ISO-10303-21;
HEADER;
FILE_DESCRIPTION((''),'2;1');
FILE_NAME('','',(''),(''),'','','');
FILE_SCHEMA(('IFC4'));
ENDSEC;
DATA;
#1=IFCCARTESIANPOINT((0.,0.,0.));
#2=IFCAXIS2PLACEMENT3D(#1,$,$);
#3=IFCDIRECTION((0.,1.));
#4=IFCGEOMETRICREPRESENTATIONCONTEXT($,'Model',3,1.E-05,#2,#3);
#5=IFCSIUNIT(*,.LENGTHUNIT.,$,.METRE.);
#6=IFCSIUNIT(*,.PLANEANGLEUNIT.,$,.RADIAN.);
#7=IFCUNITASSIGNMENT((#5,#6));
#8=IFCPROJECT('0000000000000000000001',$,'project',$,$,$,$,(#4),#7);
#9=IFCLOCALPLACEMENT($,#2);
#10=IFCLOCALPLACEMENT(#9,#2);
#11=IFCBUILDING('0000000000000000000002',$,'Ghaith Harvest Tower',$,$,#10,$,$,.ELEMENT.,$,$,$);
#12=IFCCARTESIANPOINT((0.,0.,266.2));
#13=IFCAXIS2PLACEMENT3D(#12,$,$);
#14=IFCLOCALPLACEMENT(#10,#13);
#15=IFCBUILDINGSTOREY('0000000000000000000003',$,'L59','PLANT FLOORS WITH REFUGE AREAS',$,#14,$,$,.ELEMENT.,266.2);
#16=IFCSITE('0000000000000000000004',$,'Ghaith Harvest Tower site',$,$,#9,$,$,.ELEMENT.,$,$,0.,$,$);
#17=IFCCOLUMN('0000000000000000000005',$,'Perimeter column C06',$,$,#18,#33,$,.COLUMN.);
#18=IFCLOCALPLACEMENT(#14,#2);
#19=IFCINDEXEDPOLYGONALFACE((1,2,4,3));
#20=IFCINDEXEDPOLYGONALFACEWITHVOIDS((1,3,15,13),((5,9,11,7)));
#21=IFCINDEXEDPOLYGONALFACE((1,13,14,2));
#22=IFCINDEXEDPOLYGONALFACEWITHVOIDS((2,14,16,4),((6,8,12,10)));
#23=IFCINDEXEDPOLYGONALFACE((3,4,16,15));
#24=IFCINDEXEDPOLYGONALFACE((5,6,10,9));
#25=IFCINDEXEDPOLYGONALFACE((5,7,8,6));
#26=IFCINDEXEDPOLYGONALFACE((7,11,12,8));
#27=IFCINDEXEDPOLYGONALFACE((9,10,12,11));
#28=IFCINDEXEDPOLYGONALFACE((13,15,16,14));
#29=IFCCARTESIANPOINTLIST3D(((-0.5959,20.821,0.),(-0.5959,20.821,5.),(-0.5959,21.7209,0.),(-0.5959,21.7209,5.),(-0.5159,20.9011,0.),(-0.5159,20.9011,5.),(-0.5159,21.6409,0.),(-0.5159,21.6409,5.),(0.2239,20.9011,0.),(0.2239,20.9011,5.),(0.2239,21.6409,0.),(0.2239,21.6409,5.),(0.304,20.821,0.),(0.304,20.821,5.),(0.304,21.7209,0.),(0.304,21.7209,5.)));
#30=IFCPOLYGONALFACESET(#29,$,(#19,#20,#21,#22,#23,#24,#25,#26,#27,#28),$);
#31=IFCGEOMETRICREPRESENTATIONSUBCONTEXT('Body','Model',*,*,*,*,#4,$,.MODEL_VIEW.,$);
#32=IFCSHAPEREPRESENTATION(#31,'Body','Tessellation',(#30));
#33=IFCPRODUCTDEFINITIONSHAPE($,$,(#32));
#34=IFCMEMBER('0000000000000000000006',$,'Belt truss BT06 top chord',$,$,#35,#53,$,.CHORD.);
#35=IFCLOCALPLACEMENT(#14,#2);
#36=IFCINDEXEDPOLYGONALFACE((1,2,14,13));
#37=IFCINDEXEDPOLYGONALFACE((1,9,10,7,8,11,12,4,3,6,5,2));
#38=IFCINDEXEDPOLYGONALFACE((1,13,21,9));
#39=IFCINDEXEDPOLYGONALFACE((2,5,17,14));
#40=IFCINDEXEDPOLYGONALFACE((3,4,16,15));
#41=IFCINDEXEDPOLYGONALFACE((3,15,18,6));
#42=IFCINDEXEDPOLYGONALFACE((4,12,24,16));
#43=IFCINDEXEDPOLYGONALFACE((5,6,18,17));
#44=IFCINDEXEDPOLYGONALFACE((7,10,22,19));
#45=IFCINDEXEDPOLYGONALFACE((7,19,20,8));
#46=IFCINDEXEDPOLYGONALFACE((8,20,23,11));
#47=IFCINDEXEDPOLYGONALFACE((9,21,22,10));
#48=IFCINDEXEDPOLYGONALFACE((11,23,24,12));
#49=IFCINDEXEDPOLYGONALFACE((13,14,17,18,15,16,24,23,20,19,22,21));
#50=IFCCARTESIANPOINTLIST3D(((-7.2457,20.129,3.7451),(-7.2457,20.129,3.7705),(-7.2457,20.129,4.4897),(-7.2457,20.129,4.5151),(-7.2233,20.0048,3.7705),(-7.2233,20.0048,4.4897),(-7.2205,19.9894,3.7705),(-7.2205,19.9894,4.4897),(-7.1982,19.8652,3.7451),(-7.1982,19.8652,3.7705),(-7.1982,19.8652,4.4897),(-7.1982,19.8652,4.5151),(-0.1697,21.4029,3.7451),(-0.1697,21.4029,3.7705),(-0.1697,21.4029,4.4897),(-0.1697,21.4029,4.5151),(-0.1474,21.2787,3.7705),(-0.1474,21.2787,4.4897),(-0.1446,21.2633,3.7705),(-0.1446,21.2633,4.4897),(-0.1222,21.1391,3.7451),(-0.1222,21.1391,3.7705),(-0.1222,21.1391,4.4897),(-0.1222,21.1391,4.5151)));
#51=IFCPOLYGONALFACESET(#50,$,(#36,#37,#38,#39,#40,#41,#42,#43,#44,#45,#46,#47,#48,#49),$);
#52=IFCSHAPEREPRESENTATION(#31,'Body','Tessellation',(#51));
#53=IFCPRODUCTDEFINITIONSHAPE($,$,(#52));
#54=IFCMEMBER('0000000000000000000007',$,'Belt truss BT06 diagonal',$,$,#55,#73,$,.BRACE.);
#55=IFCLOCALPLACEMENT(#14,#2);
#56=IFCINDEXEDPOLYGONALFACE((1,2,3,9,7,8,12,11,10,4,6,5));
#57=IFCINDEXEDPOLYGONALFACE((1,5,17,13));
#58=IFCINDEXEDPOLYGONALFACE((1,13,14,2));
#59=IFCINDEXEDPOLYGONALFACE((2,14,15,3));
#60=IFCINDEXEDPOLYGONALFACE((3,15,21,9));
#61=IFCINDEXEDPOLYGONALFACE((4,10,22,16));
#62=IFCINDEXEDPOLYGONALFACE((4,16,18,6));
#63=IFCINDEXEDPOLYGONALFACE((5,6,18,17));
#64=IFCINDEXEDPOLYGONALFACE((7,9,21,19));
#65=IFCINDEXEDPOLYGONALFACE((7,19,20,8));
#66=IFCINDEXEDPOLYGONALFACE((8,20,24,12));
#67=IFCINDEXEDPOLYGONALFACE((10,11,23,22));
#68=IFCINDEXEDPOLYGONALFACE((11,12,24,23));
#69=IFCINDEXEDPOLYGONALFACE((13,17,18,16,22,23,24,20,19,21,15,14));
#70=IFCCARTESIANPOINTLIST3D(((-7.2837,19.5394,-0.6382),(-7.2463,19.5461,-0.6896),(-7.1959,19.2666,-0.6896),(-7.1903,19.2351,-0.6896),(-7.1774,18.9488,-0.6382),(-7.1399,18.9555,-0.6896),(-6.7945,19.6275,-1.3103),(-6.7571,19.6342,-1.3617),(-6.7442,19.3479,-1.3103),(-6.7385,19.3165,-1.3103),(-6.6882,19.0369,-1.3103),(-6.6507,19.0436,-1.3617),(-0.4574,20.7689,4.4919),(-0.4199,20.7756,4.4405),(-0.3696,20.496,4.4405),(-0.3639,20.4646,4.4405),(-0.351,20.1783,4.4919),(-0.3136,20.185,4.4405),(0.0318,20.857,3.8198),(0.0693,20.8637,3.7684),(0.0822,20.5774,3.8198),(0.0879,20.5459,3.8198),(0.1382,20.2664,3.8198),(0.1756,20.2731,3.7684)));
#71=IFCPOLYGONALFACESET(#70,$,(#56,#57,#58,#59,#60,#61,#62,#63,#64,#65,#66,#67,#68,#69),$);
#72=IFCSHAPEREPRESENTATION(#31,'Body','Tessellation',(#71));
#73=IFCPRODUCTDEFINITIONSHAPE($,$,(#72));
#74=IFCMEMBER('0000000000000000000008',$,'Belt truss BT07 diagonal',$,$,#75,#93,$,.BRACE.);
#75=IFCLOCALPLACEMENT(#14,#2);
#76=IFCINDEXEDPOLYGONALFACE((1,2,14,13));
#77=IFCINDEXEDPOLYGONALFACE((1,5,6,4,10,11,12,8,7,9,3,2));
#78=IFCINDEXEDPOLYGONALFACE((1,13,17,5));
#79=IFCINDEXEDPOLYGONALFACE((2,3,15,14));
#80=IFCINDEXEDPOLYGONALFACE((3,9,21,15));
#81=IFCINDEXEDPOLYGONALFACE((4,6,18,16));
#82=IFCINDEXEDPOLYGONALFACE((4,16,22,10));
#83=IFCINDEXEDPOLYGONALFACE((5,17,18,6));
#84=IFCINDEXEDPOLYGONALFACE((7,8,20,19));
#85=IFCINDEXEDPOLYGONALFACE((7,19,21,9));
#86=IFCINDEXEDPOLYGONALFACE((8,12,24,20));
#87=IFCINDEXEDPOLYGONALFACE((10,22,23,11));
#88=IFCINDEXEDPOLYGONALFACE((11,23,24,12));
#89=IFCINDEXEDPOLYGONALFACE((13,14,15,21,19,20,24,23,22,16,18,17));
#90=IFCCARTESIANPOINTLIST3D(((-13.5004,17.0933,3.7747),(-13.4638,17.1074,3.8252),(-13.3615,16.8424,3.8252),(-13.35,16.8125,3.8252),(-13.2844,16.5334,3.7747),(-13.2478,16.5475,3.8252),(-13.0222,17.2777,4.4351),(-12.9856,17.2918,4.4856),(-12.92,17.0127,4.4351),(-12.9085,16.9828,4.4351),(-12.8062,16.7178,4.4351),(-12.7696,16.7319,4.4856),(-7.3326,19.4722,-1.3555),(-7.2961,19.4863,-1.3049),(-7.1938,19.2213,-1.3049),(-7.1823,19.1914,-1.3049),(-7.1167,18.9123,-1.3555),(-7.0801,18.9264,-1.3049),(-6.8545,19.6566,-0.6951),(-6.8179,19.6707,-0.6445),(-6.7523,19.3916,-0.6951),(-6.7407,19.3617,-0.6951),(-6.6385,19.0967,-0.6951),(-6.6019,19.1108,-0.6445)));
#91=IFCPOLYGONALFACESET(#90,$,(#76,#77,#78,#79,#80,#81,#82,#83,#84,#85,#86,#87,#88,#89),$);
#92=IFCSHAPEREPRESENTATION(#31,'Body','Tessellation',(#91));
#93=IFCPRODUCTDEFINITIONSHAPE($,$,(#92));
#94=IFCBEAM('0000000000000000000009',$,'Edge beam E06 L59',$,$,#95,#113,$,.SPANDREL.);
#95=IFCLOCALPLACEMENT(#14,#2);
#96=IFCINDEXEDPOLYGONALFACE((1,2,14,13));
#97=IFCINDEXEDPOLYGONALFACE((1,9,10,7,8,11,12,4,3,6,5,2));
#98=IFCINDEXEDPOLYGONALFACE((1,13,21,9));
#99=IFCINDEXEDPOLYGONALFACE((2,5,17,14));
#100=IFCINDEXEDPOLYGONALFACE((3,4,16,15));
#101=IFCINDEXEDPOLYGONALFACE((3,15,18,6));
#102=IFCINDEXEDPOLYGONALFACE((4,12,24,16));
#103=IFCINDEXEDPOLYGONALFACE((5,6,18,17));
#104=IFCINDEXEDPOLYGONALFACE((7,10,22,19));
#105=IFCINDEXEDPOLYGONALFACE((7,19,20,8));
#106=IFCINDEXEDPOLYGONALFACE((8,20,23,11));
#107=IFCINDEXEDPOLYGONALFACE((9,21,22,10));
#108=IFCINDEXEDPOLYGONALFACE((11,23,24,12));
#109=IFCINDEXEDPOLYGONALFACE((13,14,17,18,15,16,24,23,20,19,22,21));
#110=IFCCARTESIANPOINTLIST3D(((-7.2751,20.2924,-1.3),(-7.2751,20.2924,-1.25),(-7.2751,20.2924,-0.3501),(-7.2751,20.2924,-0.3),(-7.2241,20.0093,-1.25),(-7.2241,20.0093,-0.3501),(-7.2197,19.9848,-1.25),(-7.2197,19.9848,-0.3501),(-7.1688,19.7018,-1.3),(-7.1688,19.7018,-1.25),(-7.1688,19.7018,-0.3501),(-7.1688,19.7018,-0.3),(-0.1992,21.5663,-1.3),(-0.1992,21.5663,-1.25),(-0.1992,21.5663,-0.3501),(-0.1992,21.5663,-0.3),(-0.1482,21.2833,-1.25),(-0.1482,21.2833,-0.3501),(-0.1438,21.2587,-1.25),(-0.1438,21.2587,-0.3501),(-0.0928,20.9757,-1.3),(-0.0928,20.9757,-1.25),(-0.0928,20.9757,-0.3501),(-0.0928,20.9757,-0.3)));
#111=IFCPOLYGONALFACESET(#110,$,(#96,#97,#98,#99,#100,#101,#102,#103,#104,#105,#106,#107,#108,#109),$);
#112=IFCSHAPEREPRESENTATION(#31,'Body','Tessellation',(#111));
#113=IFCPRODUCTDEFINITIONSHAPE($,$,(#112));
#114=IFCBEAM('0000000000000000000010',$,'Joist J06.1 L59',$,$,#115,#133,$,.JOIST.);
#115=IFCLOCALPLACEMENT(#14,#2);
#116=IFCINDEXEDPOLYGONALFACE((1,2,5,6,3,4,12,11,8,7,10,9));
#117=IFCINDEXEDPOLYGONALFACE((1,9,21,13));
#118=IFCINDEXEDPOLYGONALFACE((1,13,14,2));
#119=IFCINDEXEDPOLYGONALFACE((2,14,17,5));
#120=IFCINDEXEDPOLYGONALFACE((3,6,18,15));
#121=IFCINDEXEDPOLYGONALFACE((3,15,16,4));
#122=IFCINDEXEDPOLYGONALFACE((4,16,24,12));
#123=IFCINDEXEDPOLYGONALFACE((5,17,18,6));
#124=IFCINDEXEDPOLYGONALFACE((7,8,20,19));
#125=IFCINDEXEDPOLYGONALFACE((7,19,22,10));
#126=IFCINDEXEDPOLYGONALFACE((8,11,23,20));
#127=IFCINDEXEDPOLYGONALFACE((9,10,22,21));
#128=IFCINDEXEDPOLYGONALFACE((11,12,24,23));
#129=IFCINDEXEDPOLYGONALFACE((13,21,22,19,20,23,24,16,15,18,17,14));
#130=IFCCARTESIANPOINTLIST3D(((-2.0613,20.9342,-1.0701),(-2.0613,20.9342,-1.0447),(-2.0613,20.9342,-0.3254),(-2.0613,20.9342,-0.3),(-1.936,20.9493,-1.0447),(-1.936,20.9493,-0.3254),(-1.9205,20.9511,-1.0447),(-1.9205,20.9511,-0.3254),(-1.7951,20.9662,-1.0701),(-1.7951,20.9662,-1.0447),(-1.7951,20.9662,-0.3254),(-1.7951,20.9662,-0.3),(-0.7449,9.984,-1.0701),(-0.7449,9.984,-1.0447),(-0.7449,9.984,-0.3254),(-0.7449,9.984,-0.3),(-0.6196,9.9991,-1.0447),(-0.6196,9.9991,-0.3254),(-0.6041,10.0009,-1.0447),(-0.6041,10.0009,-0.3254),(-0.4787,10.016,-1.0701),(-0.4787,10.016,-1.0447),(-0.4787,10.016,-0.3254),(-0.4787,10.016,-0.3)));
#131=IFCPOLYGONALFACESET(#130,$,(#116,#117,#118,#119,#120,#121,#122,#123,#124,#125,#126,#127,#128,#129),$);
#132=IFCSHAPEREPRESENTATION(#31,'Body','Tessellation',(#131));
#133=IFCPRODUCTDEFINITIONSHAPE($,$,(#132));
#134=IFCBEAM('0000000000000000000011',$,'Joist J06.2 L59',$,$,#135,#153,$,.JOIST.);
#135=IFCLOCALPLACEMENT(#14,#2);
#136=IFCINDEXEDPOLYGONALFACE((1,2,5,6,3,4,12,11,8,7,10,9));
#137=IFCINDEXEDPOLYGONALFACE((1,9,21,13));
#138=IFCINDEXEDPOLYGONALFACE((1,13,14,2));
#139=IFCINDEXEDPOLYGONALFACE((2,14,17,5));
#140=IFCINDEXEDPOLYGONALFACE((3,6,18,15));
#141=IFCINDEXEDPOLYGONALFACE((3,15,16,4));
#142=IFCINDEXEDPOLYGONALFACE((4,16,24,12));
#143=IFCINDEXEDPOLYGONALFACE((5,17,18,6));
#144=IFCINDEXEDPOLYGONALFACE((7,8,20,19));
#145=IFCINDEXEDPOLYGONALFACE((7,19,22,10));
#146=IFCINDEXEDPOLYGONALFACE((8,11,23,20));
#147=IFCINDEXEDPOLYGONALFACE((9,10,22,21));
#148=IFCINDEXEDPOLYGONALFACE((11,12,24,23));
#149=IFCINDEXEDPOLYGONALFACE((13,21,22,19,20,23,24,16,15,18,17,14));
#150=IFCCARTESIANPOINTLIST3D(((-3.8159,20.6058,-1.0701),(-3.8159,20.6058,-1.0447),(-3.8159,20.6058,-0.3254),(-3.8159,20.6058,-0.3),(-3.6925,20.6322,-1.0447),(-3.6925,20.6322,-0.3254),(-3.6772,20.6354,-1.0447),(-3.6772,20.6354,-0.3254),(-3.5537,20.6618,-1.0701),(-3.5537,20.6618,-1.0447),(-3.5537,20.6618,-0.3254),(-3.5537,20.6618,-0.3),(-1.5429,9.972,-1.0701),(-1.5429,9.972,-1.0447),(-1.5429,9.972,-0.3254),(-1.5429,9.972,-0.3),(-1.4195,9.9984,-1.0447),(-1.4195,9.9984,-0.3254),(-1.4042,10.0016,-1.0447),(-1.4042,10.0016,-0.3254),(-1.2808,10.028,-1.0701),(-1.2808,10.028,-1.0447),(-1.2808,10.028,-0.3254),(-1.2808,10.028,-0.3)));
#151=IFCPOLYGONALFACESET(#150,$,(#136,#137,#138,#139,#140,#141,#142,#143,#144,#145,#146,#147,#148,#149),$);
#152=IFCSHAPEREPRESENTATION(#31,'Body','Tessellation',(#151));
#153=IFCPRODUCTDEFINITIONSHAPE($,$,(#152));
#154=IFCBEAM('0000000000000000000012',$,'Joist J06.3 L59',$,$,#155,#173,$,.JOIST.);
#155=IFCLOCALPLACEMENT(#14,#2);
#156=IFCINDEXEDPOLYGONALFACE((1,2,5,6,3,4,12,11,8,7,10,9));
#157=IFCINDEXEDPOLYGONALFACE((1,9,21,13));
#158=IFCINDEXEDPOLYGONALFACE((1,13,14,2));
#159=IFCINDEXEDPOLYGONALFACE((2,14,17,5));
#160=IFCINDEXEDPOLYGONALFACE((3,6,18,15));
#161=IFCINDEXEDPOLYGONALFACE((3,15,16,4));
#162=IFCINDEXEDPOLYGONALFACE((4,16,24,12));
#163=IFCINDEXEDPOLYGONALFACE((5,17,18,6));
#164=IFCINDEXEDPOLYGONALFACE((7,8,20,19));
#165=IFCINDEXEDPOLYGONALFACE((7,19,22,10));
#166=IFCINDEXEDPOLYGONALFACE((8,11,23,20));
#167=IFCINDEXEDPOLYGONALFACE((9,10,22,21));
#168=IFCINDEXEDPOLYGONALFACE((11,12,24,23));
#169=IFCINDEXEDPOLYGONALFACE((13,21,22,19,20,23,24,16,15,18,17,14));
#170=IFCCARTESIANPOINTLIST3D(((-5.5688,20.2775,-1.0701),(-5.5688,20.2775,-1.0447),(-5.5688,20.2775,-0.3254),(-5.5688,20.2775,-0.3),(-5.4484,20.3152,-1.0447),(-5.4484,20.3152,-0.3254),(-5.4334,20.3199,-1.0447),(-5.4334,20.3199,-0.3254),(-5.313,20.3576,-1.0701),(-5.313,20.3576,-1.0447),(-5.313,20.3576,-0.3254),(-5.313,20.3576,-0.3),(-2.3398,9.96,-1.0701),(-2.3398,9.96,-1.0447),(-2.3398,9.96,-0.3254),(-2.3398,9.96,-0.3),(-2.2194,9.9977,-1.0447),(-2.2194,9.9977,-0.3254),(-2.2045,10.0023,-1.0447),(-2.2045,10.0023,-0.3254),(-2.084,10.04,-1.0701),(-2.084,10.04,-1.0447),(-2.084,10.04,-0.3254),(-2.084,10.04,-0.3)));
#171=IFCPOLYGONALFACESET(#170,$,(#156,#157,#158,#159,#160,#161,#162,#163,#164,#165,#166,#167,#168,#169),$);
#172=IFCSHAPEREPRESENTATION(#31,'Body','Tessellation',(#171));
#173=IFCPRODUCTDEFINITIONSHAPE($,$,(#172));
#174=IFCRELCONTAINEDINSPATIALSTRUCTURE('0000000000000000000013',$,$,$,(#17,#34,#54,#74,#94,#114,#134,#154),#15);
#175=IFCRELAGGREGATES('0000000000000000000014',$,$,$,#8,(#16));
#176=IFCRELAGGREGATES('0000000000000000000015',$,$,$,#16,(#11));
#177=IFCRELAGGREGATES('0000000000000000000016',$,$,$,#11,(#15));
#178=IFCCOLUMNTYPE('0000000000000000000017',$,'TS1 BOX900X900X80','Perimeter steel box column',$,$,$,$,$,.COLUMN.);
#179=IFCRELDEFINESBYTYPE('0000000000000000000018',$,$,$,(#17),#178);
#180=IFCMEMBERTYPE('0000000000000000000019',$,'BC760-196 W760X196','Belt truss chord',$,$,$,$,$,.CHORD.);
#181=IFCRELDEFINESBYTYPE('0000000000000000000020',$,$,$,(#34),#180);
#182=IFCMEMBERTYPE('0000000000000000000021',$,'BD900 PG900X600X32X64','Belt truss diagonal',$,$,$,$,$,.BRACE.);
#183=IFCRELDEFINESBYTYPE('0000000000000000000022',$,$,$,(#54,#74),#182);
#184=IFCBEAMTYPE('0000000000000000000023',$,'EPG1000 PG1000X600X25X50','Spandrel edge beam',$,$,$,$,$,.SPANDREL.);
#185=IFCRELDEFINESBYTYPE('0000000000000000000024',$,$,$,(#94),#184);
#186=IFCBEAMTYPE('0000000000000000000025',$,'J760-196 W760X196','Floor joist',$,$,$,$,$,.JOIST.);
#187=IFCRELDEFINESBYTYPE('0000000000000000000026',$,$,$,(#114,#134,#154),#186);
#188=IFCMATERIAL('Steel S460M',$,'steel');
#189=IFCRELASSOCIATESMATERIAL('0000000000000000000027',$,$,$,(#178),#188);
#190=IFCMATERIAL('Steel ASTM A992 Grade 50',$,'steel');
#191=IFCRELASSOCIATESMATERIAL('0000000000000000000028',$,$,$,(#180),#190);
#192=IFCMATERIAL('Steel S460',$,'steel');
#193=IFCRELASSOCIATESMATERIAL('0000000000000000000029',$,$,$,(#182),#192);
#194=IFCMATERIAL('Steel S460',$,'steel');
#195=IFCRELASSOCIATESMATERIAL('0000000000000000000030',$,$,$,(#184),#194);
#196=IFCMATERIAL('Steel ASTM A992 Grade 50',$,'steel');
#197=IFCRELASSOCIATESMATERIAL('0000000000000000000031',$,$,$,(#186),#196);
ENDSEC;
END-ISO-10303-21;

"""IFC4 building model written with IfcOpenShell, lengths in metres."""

from ifc_helpers import new_model, si_unit, direction, frame, origin, origin_2d, place, context, subcontext, project, spatial, hollow_rectangle, i_section, extrude, material, material_profile, profile_set, type_object, element, save


model = new_model("IFC4")

# Units and contexts
model_context = context("Model", 3, precision=1e-05, world=origin(), true_north=direction((0.0, 1.0)))
body_context = subcontext(model_context, "Body", "Model", "MODEL_VIEW")
ifc_project = project(units=[si_unit("LENGTHUNIT", "METRE"), si_unit("PLANEANGLEUNIT", "RADIAN")], contexts=[model_context])

# Site, building, storey
site_placement = place(None, origin())
site = spatial("IfcSite", under=ifc_project, at=site_placement, Name="Ghaith Harvest Tower site", CompositionType="ELEMENT", RefElevation=0.0)
building_placement = place(site_placement, origin())
building = spatial("IfcBuilding", under=site, at=building_placement, Name="Ghaith Harvest Tower", CompositionType="ELEMENT")
storey_placement = place(building_placement, frame((0.0, 0.0, 266.2)))
storey = spatial("IfcBuildingStorey", under=building, at=storey_placement, Name="L59", Description="PLANT FLOORS WITH REFUGE AREAS", CompositionType="ELEMENT", Elevation=266.2)

# Column
ifc_material_1 = material(Name="Steel S460M", Category="steel")
ifc_material_profile_1 = material_profile(ifc_material_1, hollow_rectangle(XDim=0.8999, YDim=0.8999, WallThickness=0.0801, at=origin_2d()), Name="BOX900X900X80")
ifc_profile_set_1 = profile_set([ifc_material_profile_1], Name="Steel S460M")
column_type = type_object("IfcColumnType", Name="TS1 BOX900X900X80", Description="Perimeter steel box column", PredefinedType="COLUMN", material=ifc_profile_set_1)
column_placement = place(storey_placement, frame((-0.146, 21.271, 0.0), z_axis=(0.0, 0.0, 1.0), x_axis=(1.0, 0.0, 0.0)))
element("IfcColumn", 1, at=column_placement, inside=storey, type_object=column_type, Name="Perimeter column C06", PredefinedType="COLUMN", context=body_context, shape_type="SweptSolid", body=[
    extrude(hollow_rectangle(XDim=0.8999, YDim=0.8999, WallThickness=0.0801, at=origin_2d()), origin(), (0.0, 0.0, 1.0), 5.0),
])

# Members
ifc_material_2 = material(Name="Steel ASTM A992 Grade 50", Category="steel")
ifc_material_profile_2 = material_profile(ifc_material_2, i_section(OverallWidth=0.2681, OverallDepth=0.77, WebThickness=0.0156, FlangeThickness=0.0254, at=origin_2d()), Name="W760X196")
ifc_profile_set_2 = profile_set([ifc_material_profile_2], Name="Steel ASTM A992 Grade 50")
member_type_1 = type_object("IfcMemberType", Name="BC760-196 W760X196", Description="Belt truss chord", PredefinedType="CHORD", material=ifc_profile_set_2)
member_1_placement = place(storey_placement, frame((-0.146, 21.271, 4.1301), z_axis=(-0.984177, -0.177188, 0.0), x_axis=(0.177188, -0.984177, 0.0)))
element("IfcMember", 2, at=member_1_placement, inside=storey, type_object=member_type_1, Name="Belt truss BT06 top chord", PredefinedType="CHORD", context=body_context, shape_type="SweptSolid", body=[
    extrude(i_section(OverallWidth=0.2681, OverallDepth=0.77, WebThickness=0.0156, FlangeThickness=0.0254, at=origin_2d()), origin(), (0.0, 0.0, 1.0), 7.1897),
])
ifc_material_3 = material(Name="Steel S460", Category="steel")
ifc_material_profile_3 = material_profile(ifc_material_3, i_section(OverallWidth=0.6001, OverallDepth=0.8999, WebThickness=0.032, FlangeThickness=0.064, at=origin_2d()), Name="PG900X600X32X64")
ifc_profile_set_3 = profile_set([ifc_material_profile_3], Name="Steel S460")
member_type_2 = type_object("IfcMemberType", Name="BD900 PG900X600X32X64", Description="Belt truss diagonal", PredefinedType="BRACE", material=ifc_profile_set_3)
member_2_placement = place(storey_placement, frame((-0.1409, 20.521, 4.1301), z_axis=(-0.79126, -0.142512, -0.594641), x_axis=(0.177256, -0.984165, 0.0)))
element("IfcMember", 3, at=member_2_placement, inside=storey, type_object=member_type_2, Name="Belt truss BT06 diagonal", PredefinedType="BRACE", context=body_context, shape_type="SweptSolid", body=[
    extrude(i_section(OverallWidth=0.6001, OverallDepth=0.8999, WebThickness=0.032, FlangeThickness=0.064, at=origin_2d()), origin(), (0.0, 0.0, 1.0), 8.6272),
])
member_3_placement = place(storey_placement, frame((-6.9673, 19.2915, -1.0), z_axis=(-0.737088, -0.284297, 0.613088), x_axis=(0.359862, -0.933005, 0.0)))
element("IfcMember", 4, at=member_3_placement, inside=storey, type_object=member_type_2, Name="Belt truss BT07 diagonal", PredefinedType="BRACE", context=body_context, shape_type="SweptSolid", body=[
    extrude(i_section(OverallWidth=0.6001, OverallDepth=0.8999, WebThickness=0.032, FlangeThickness=0.064, at=origin_2d()), origin(), (0.0, 0.0, 1.0), 8.3677),
])

# Beams
ifc_material_4 = material(Name="Steel S460", Category="steel")
ifc_material_profile_4 = material_profile(ifc_material_4, i_section(OverallWidth=0.6001, OverallDepth=1.0, WebThickness=0.0249, FlangeThickness=0.05, at=origin_2d()), Name="PG1000X600X25X50")
ifc_profile_set_4 = profile_set([ifc_material_profile_4], Name="Steel S460")
beam_type_1 = type_object("IfcBeamType", Name="EPG1000 PG1000X600X25X50", Description="Spandrel edge beam", PredefinedType="SPANDREL", material=ifc_profile_set_4)
beam_1_placement = place(storey_placement, frame((-0.146, 21.271, -0.8), z_axis=(-0.984177, -0.177188, 0.0), x_axis=(0.177188, -0.984177, 0.0)))
element("IfcBeam", 5, at=beam_1_placement, inside=storey, type_object=beam_type_1, Name="Edge beam E06 L59", PredefinedType="SPANDREL", context=body_context, shape_type="SweptSolid", body=[
    extrude(i_section(OverallWidth=0.6001, OverallDepth=1.0, WebThickness=0.0249, FlangeThickness=0.05, at=origin_2d()), origin(), (0.0, 0.0, 1.0), 7.1897),
])
ifc_material_5 = material(Name="Steel ASTM A992 Grade 50", Category="steel")
ifc_material_profile_5 = material_profile(ifc_material_5, i_section(OverallWidth=0.2681, OverallDepth=0.77, WebThickness=0.0156, FlangeThickness=0.0254, at=origin_2d()), Name="W760X196")
ifc_profile_set_5 = profile_set([ifc_material_profile_5], Name="Steel ASTM A992 Grade 50")
beam_type_2 = type_object("IfcBeamType", Name="J760-196 W760X196", Description="Floor joist", PredefinedType="JOIST", material=ifc_profile_set_5)
beam_2_placement = place(storey_placement, frame((-0.6118, 10.0, -0.6851), z_axis=(-0.119358, 0.992851, 0.0), x_axis=(-0.992851, -0.119358, 0.0)))
element("IfcBeam", 6, at=beam_2_placement, inside=storey, type_object=beam_type_2, Name="Joist J06.1 L59", PredefinedType="JOIST", context=body_context, shape_type="SweptSolid", body=[
    extrude(i_section(OverallWidth=0.2681, OverallDepth=0.77, WebThickness=0.0156, FlangeThickness=0.0254, at=origin_2d()), origin(), (0.0, 0.0, 1.0), 11.0291),
])
beam_3_placement = place(storey_placement, frame((-1.4119, 10.0, -0.6851), z_axis=(-0.209026, 0.97791, 0.0), x_axis=(-0.97791, -0.209026, 0.0)))
element("IfcBeam", 7, at=beam_3_placement, inside=storey, type_object=beam_type_2, Name="Joist J06.2 L59", PredefinedType="JOIST", context=body_context, shape_type="SweptSolid", body=[
    extrude(i_section(OverallWidth=0.2681, OverallDepth=0.77, WebThickness=0.0156, FlangeThickness=0.0254, at=origin_2d()), origin(), (0.0, 0.0, 1.0), 10.874),
])
beam_4_placement = place(storey_placement, frame((-2.2119, 10.0, -0.6851), z_axis=(-0.298675, 0.954355, 0.0), x_axis=(-0.954355, -0.298675, 0.0)))
element("IfcBeam", 8, at=beam_4_placement, inside=storey, type_object=beam_type_2, Name="Joist J06.3 L59", PredefinedType="JOIST", context=body_context, shape_type="SweptSolid", body=[
    extrude(i_section(OverallWidth=0.2681, OverallDepth=0.77, WebThickness=0.0156, FlangeThickness=0.0254, at=origin_2d()), origin(), (0.0, 0.0, 1.0), 10.811),
])

save(model, "model.ifc")
